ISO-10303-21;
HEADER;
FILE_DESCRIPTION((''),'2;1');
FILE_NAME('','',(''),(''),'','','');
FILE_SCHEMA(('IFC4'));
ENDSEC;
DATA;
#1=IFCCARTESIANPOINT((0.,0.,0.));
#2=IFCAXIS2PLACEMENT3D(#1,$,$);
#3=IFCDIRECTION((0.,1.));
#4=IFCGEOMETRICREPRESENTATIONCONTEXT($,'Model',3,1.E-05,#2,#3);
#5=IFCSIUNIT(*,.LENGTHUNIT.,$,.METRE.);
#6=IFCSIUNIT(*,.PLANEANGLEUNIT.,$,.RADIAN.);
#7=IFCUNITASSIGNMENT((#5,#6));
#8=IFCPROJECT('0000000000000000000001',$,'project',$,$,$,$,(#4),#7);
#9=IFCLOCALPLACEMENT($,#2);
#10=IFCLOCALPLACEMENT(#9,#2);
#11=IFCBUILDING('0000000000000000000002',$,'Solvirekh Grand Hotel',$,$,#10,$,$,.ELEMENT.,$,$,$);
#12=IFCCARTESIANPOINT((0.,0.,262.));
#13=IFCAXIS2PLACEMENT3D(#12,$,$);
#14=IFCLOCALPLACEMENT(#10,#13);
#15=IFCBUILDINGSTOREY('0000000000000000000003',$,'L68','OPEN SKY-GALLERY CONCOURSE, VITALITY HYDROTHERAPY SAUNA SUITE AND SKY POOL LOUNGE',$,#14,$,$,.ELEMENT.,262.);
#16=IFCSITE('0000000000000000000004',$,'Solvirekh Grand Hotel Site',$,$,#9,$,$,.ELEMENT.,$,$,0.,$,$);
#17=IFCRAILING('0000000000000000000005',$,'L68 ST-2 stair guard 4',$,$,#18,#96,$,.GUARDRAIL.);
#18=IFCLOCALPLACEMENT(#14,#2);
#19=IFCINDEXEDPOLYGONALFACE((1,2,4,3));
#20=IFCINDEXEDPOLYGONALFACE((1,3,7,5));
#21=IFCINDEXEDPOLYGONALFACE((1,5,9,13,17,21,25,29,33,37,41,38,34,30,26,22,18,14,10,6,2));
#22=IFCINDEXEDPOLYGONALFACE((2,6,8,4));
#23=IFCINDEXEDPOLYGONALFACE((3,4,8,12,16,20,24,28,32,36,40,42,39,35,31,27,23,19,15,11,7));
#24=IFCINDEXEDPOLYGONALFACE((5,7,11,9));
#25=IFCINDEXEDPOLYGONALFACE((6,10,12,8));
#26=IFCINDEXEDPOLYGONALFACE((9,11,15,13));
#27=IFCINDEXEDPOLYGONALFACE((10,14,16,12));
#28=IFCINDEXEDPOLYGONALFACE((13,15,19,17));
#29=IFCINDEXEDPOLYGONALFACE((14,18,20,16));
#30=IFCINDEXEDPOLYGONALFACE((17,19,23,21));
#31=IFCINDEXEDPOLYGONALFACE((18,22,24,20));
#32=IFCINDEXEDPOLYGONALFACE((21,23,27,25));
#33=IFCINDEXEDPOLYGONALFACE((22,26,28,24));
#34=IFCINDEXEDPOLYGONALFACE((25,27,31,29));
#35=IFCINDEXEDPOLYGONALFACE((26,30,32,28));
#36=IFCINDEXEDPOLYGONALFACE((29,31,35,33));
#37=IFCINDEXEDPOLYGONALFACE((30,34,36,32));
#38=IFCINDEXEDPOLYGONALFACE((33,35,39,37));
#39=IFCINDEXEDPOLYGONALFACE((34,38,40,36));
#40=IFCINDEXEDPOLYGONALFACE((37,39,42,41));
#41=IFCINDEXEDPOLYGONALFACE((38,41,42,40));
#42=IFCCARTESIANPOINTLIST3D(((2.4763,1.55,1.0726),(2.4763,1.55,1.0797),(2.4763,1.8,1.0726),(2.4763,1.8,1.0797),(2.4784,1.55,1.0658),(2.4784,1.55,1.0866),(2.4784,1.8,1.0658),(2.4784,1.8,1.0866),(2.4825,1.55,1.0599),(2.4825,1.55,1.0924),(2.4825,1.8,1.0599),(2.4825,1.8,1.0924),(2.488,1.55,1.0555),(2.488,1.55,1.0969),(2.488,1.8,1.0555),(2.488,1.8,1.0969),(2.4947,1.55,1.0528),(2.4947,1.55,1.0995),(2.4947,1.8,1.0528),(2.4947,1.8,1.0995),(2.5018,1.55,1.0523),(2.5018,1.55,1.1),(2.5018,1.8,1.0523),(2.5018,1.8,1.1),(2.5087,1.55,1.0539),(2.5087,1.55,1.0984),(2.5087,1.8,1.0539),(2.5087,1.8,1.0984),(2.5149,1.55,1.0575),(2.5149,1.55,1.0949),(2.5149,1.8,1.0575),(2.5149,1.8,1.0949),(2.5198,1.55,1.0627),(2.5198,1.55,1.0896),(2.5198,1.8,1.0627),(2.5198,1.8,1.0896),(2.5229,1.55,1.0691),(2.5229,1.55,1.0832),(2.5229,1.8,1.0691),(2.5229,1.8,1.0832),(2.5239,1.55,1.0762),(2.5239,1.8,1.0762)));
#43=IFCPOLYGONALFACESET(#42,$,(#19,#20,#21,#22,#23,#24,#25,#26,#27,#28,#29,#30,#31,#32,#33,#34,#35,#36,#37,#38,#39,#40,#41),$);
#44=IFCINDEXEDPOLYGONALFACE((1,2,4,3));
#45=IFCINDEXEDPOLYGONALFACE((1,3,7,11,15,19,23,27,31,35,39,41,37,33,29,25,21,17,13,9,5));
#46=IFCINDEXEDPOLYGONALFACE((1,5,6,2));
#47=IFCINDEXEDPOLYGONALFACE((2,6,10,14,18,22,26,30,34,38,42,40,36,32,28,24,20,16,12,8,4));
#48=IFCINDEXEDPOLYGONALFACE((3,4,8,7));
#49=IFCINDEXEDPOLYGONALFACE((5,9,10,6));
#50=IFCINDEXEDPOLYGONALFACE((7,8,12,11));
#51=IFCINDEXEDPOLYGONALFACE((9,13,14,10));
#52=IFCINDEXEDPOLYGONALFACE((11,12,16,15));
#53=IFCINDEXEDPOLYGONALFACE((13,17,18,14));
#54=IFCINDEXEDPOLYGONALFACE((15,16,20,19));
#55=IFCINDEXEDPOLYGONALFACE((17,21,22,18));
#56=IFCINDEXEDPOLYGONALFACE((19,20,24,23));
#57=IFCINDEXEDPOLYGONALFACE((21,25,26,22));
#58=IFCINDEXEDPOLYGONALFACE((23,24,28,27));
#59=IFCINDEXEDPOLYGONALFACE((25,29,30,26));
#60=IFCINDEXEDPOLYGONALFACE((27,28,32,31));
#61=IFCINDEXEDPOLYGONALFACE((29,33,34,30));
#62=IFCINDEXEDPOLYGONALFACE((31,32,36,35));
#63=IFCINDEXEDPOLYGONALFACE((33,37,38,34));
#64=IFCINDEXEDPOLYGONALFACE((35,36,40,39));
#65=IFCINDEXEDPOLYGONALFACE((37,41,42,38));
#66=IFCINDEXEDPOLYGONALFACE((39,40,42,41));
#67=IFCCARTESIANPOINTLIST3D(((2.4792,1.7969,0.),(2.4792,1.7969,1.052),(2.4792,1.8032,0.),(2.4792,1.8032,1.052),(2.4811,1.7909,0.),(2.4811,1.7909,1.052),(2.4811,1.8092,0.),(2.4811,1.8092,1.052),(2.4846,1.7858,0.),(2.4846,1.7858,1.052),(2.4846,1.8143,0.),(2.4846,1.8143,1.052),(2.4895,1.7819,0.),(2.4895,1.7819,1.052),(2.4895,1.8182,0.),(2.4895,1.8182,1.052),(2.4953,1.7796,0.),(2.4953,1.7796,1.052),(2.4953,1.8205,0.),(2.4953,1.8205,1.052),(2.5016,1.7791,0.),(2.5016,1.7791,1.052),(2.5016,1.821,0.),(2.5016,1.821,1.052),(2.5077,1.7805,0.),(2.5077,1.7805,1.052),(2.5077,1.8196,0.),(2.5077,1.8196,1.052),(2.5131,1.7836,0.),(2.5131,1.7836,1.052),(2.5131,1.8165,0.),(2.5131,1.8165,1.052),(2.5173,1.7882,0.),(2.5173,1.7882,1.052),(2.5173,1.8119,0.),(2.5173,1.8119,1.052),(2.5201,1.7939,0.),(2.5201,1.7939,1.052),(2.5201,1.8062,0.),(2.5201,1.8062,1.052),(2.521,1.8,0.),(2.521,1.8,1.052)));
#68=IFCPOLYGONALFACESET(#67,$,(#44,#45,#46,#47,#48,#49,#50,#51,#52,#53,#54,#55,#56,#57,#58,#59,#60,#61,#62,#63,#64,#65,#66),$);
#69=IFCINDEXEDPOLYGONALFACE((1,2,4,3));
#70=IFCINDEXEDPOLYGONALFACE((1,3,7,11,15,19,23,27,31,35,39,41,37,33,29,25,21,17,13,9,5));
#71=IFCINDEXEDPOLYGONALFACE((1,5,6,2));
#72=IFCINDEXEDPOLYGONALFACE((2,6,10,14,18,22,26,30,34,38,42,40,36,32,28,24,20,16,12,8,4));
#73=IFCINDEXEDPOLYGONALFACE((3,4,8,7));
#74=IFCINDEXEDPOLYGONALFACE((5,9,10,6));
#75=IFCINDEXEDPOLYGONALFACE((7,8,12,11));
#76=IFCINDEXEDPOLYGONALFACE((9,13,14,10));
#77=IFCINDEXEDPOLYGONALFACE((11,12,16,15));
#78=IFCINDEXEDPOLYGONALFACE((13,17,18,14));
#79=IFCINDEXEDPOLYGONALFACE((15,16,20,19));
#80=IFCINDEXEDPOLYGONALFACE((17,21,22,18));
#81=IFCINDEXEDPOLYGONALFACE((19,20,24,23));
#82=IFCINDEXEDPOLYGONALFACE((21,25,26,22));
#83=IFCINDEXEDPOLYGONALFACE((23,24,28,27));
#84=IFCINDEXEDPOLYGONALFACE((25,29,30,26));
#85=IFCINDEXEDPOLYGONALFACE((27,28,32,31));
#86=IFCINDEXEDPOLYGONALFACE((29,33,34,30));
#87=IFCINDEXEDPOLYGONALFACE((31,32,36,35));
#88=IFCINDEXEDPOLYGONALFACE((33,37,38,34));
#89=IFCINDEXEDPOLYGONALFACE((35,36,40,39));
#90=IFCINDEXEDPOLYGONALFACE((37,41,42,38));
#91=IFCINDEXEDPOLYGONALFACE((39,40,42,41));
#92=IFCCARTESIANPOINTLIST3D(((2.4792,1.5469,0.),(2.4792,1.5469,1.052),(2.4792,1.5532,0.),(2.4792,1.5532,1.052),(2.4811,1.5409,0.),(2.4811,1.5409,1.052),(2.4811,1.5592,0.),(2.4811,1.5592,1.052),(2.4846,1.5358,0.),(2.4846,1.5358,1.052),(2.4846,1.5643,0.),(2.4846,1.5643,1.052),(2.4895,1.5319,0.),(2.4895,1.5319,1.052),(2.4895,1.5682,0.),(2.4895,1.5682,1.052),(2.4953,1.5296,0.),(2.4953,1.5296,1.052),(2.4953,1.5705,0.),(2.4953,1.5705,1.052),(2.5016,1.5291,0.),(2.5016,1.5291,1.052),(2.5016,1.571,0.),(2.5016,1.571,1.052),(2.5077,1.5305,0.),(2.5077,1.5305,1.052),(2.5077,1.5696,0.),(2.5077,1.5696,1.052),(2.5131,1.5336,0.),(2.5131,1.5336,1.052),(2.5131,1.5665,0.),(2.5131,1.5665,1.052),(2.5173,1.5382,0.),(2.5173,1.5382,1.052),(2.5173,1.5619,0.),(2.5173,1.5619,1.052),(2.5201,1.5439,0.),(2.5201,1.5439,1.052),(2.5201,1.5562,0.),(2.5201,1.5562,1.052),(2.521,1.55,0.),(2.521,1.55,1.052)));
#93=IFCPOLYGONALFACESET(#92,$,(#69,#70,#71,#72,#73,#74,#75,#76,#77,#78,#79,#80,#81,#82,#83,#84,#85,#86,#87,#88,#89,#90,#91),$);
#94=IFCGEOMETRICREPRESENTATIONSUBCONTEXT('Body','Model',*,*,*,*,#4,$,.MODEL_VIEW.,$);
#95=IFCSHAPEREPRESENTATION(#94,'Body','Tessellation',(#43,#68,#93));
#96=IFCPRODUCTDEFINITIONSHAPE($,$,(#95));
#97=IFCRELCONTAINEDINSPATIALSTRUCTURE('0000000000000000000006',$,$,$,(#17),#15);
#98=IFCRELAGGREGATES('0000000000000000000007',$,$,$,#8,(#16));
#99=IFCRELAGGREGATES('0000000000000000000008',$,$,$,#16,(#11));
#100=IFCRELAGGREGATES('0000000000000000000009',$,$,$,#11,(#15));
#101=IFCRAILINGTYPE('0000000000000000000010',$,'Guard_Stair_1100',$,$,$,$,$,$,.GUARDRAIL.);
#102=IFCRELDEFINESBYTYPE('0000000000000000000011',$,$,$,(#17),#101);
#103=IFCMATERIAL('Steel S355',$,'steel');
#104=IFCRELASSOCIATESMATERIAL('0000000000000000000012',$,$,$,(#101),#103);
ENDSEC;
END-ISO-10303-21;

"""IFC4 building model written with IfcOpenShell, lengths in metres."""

from ifc_helpers import new_model, si_unit, direction, frame, origin, origin_2d, place, context, subcontext, project, spatial, circle, extrude, material, type_object, element, save


model = new_model("IFC4")

# Units and contexts
model_context = context("Model", 3, precision=1e-05, world=origin(), true_north=direction((0.0, 1.0)))
body_context = subcontext(model_context, "Body", "Model", "MODEL_VIEW")
ifc_project = project(units=[si_unit("LENGTHUNIT", "METRE"), si_unit("PLANEANGLEUNIT", "RADIAN")], contexts=[model_context])

# Site, building, storey
site_placement = place(None, origin())
site = spatial("IfcSite", under=ifc_project, at=site_placement, Name="Solvirekh Grand Hotel Site", CompositionType="ELEMENT", RefElevation=0.0)
building_placement = place(site_placement, origin())
building = spatial("IfcBuilding", under=site, at=building_placement, Name="Solvirekh Grand Hotel", CompositionType="ELEMENT")
storey_placement = place(building_placement, frame((0.0, 0.0, 262.0)))
storey = spatial("IfcBuildingStorey", under=building, at=storey_placement, Name="L68", Description="OPEN SKY-GALLERY CONCOURSE, VITALITY HYDROTHERAPY SAUNA SUITE AND SKY POOL LOUNGE", CompositionType="ELEMENT", Elevation=262.0)

# Shared definitions
ifc_material_1 = material(Name="Steel S355", Category="steel")

# Railing
railing_type_1 = type_object("IfcRailingType", Name="Guard_Stair_1100", PredefinedType="GUARDRAIL", material=ifc_material_1)
railing_1_placement = place(storey_placement, frame((2.5, 1.8, 0.0)))
element("IfcRailing", 1, at=railing_1_placement, inside=storey, type_object=railing_type_1, Name="L68 ST-2 stair guard 4", PredefinedType="GUARDRAIL", context=body_context, shape_type="SweptSolid", body=[
    extrude(circle(Radius=0.0239, at=origin_2d()), frame((0.0, 0.0, 1.0762), z_axis=(0.0, -1.0, 0.0), x_axis=(1.0, 0.0, 0.0)), (0.0, 0.0, 1.0), 0.25),
    extrude(circle(Radius=0.021, at=origin_2d()), origin(), (0.0, 0.0, 1.0), 1.052),
    extrude(circle(Radius=0.021, at=origin_2d()), frame((0.0, -0.25, 0.0)), (0.0, 0.0, 1.0), 1.052),
])

save(model, "model.ifc")
